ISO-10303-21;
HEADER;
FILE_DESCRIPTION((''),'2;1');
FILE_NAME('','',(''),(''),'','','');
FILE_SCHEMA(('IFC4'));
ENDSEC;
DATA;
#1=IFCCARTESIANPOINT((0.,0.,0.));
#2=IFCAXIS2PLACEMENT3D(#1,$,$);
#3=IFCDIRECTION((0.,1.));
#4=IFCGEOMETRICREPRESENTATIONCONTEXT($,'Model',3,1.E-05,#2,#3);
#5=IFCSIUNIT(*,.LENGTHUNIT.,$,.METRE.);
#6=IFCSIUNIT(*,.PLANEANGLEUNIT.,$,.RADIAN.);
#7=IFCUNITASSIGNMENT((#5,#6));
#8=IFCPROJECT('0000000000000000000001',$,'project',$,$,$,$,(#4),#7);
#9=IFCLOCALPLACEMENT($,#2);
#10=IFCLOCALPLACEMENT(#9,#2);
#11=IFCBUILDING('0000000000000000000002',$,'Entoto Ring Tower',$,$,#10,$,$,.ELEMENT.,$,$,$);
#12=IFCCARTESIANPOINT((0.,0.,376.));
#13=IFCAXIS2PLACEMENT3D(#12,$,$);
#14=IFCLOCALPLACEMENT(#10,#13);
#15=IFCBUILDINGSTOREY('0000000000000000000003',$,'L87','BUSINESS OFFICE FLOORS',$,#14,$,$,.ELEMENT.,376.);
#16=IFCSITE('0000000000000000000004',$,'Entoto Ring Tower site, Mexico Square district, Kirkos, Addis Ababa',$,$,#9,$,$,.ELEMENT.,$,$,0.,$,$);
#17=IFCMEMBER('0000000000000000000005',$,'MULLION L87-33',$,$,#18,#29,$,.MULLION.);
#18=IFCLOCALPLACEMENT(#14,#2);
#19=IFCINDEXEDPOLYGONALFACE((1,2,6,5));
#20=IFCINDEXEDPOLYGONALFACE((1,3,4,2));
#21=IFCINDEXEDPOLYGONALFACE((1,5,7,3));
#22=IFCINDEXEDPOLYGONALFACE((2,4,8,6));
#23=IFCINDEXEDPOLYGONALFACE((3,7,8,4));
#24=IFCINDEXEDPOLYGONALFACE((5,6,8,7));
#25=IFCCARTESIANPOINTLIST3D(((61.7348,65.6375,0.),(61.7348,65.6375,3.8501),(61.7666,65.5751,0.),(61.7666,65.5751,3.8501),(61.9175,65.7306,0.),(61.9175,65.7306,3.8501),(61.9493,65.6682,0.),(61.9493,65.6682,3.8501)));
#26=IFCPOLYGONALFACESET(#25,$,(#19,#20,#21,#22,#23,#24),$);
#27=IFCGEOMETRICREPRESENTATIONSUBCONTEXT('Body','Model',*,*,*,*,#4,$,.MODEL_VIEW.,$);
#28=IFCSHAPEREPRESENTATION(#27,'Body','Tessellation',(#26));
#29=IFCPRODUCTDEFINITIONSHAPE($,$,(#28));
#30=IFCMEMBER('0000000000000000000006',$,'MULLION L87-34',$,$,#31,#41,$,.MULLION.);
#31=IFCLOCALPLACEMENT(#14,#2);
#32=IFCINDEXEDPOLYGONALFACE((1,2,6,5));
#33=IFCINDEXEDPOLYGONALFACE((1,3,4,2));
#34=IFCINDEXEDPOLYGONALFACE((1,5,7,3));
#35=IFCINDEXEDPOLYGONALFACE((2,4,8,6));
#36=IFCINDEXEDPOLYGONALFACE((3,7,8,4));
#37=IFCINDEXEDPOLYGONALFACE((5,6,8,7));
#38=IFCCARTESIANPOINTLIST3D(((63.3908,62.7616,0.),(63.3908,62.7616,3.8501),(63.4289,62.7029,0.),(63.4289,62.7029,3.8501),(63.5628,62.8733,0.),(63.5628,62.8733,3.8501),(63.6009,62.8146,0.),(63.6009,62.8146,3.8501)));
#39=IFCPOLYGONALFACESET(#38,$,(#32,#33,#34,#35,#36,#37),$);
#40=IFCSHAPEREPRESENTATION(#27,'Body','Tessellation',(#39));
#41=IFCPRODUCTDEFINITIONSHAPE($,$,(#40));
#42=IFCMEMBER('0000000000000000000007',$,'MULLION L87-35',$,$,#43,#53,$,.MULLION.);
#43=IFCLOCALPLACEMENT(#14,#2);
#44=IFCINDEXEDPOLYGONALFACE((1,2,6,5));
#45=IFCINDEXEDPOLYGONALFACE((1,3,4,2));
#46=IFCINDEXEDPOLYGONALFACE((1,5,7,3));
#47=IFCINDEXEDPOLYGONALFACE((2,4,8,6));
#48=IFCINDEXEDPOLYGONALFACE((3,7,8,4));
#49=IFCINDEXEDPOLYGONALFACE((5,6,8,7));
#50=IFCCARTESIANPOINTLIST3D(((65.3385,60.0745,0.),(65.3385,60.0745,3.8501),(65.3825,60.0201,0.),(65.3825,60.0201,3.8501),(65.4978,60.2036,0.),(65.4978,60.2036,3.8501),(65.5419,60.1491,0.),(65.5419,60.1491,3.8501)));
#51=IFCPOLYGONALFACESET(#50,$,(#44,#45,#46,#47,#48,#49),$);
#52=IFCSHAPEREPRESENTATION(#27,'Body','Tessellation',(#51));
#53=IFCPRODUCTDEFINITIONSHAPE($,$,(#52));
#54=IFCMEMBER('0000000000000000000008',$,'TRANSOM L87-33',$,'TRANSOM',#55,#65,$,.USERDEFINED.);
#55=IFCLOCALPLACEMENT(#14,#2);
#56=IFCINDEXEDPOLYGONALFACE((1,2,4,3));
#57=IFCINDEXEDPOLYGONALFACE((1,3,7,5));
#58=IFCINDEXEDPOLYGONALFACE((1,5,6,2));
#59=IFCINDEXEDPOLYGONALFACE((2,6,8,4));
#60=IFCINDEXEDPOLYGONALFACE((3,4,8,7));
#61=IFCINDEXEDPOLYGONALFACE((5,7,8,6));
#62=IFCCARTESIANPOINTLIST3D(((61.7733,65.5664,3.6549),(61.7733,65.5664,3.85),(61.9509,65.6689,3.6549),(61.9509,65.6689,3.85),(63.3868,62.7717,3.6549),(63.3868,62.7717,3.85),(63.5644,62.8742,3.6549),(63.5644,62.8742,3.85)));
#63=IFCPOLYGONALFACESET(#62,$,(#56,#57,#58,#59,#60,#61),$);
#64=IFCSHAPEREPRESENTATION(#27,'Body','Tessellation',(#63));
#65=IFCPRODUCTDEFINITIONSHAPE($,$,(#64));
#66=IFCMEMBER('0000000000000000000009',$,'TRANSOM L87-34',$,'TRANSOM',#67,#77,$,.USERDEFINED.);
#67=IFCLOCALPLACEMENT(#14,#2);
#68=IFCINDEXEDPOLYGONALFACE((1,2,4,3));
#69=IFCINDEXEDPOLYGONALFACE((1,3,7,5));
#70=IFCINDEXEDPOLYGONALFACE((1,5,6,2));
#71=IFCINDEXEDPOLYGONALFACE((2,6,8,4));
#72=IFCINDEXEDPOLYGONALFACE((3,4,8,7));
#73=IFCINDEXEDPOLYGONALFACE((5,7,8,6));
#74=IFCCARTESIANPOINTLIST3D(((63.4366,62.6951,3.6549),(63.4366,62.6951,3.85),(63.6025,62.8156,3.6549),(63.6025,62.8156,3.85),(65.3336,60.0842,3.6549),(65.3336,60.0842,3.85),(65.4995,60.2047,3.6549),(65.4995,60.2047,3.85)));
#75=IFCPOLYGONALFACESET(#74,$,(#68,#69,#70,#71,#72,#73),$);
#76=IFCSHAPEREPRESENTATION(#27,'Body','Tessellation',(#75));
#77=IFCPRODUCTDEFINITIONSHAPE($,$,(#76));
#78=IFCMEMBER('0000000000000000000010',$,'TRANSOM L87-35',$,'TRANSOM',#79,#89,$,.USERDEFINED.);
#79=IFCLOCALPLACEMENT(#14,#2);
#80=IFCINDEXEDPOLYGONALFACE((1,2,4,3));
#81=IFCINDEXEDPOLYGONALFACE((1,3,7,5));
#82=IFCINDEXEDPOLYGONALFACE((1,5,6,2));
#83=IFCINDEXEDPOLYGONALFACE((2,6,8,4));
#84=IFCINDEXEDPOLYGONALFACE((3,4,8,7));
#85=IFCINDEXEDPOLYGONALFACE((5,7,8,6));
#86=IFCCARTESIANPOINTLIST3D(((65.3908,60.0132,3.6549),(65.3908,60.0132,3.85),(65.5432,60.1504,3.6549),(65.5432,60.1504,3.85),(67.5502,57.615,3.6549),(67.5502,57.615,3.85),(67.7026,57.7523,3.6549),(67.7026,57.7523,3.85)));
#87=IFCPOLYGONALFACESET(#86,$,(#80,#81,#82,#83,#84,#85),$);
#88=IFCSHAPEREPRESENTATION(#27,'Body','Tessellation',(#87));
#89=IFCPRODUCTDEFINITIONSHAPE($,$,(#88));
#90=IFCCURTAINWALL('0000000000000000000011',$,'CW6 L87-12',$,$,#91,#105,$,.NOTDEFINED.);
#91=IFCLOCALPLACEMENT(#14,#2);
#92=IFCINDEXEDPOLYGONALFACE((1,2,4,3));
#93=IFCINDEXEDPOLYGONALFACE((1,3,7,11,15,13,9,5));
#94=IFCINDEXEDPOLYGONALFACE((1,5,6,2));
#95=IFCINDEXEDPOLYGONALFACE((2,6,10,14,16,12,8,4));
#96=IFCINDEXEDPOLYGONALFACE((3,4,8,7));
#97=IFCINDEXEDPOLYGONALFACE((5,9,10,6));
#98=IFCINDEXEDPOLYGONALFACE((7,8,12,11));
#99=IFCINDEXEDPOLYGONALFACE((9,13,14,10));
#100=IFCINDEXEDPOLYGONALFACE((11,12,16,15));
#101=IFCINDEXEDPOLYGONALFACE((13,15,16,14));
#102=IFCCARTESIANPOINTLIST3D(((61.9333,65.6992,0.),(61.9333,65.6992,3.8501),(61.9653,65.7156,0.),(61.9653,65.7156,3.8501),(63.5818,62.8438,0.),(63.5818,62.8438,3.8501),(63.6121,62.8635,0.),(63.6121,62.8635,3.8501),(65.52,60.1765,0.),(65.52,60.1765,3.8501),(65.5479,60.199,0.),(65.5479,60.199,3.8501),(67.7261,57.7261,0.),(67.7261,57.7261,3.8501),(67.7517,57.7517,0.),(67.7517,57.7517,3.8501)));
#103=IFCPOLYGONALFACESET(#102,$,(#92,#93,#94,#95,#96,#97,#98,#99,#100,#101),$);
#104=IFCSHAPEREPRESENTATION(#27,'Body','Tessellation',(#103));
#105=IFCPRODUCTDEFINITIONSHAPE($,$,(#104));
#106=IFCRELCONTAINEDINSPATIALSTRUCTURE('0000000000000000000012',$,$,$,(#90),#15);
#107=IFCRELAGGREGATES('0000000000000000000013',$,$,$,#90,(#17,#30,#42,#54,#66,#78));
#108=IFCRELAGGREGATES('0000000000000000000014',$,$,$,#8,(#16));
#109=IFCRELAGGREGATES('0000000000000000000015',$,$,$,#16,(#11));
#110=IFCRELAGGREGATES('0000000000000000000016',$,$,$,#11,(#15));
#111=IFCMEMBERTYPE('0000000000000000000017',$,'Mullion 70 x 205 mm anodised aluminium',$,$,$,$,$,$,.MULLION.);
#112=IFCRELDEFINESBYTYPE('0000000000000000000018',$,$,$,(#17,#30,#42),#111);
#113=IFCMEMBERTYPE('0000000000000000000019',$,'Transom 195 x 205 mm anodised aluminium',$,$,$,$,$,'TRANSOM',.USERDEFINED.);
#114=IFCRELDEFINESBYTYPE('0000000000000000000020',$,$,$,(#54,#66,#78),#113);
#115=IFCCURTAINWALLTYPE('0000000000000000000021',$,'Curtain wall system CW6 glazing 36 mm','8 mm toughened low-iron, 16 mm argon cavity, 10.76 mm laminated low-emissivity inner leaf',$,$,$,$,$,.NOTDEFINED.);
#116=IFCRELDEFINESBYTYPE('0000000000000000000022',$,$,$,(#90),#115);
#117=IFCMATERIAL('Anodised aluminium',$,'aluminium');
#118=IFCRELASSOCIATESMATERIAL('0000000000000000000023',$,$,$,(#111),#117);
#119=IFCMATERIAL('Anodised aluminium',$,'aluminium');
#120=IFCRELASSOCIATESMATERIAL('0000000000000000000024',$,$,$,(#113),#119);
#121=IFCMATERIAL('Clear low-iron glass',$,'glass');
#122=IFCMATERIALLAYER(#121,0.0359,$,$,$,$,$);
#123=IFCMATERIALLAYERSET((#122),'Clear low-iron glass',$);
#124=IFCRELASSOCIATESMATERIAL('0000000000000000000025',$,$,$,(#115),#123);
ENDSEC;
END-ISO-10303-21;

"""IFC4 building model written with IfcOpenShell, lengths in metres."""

from ifc_helpers import new_model, si_unit, direction, frame, origin, origin_2d, place, context, subcontext, project, spatial, polyline, rectangle, outline, extrude, material, layer, layer_set, material_profile, profile_set, type_object, element, aggregate, save


model = new_model("IFC4")

# Units and contexts
model_context = context("Model", 3, precision=1e-05, world=origin(), true_north=direction((0.0, 1.0)))
body_context = subcontext(model_context, "Body", "Model", "MODEL_VIEW")
ifc_project = project(units=[si_unit("LENGTHUNIT", "METRE"), si_unit("PLANEANGLEUNIT", "RADIAN")], contexts=[model_context])

# Members
ifc_material_1 = material(Name="Anodised aluminium", Category="aluminium")
ifc_material_profile_1 = material_profile(ifc_material_1, rectangle(XDim=0.0701, YDim=0.2051, at=origin_2d()), Name="Mullion 70 x 205 mm anodised aluminium")
ifc_profile_set_1 = profile_set([ifc_material_profile_1], Name="Anodised aluminium")
member_type_1 = type_object("IfcMemberType", Name="Mullion 70 x 205 mm anodised aluminium", PredefinedType="MULLION", material=ifc_profile_set_1)
site_placement = place(None, origin())
building_placement = place(site_placement, origin())
storey_placement = place(building_placement, frame((0.0, 0.0, 376.0)))
member_1_placement = place(storey_placement, frame((61.842, 65.6528, 0.0), z_axis=(0.0, 0.0, 1.0), x_axis=(0.45399, -0.891007, 0.0)))
member_1 = element("IfcMember", 1, at=member_1_placement, type_object=member_type_1, Name="MULLION L87-33", PredefinedType="MULLION", context=body_context, shape_type="SweptSolid", body=[
    extrude(rectangle(XDim=0.0701, YDim=0.2051, at=origin_2d()), origin(), (0.0, 0.0, 1.0), 3.8501),
])
member_2_placement = place(storey_placement, frame((63.4958, 62.7881, 0.0), z_axis=(0.0, 0.0, 1.0), x_axis=(0.544639, -0.838671, 0.0)))
member_2 = element("IfcMember", 2, at=member_2_placement, type_object=member_type_1, Name="MULLION L87-34", PredefinedType="MULLION", context=body_context, shape_type="SweptSolid", body=[
    extrude(rectangle(XDim=0.0701, YDim=0.2051, at=origin_2d()), origin(), (0.0, 0.0, 1.0), 3.8501),
])
member_3_placement = place(storey_placement, frame((65.4402, 60.1118, 0.0), z_axis=(0.0, 0.0, 1.0), x_axis=(0.62932, -0.777146, 0.0)))
member_3 = element("IfcMember", 3, at=member_3_placement, type_object=member_type_1, Name="MULLION L87-35", PredefinedType="MULLION", context=body_context, shape_type="SweptSolid", body=[
    extrude(rectangle(XDim=0.0701, YDim=0.2051, at=origin_2d()), origin(), (0.0, 0.0, 1.0), 3.8501),
])
ifc_material_2 = material(Name="Anodised aluminium", Category="aluminium")
ifc_material_profile_2 = material_profile(ifc_material_2, rectangle(XDim=0.2051, YDim=0.1951, at=origin_2d()), Name="Transom 195 x 205 mm anodised aluminium")
ifc_profile_set_2 = profile_set([ifc_material_profile_2], Name="Anodised aluminium")
member_type_2 = type_object("IfcMemberType", Name="Transom 195 x 205 mm anodised aluminium", ElementType="TRANSOM", PredefinedType="USERDEFINED", material=ifc_profile_set_2)
member_4_placement = place(storey_placement, frame((61.8621, 65.6177, 3.7524), z_axis=(0.500004, -0.866023, 0.0), x_axis=(0.866023, 0.500004, 0.0)))
member_4 = element("IfcMember", 4, at=member_4_placement, type_object=member_type_2, Name="TRANSOM L87-33", ObjectType="TRANSOM", PredefinedType="USERDEFINED", context=body_context, shape_type="SweptSolid", body=[
    extrude(rectangle(XDim=0.2051, YDim=0.1951, at=origin_2d()), origin(), (0.0, 0.0, 1.0), 3.2271),
])
member_5_placement = place(storey_placement, frame((63.5195, 62.7554, 3.7524), z_axis=(0.587803, -0.809004, 0.0), x_axis=(0.809004, 0.587803, 0.0)))
member_5 = element("IfcMember", 5, at=member_5_placement, type_object=member_type_2, Name="TRANSOM L87-34", ObjectType="TRANSOM", PredefinedType="USERDEFINED", context=body_context, shape_type="SweptSolid", body=[
    extrude(rectangle(XDim=0.2051, YDim=0.1951, at=origin_2d()), origin(), (0.0, 0.0, 1.0), 3.2273),
])
member_6_placement = place(storey_placement, frame((65.467, 60.0818, 3.7524), z_axis=(0.669144, -0.743132, 0.0), x_axis=(0.743132, 0.669144, 0.0)))
member_6 = element("IfcMember", 6, at=member_6_placement, type_object=member_type_2, Name="TRANSOM L87-35", ObjectType="TRANSOM", PredefinedType="USERDEFINED", context=body_context, shape_type="SweptSolid", body=[
    extrude(rectangle(XDim=0.2051, YDim=0.1951, at=origin_2d()), origin(), (0.0, 0.0, 1.0), 3.2271),
])

# Site, building, storey
site = spatial("IfcSite", under=ifc_project, at=site_placement, Name="Entoto Ring Tower site, Mexico Square district, Kirkos, Addis Ababa", CompositionType="ELEMENT", RefElevation=0.0)
building = spatial("IfcBuilding", under=site, at=building_placement, Name="Entoto Ring Tower", CompositionType="ELEMENT")
storey = spatial("IfcBuildingStorey", under=building, at=storey_placement, Name="L87", Description="BUSINESS OFFICE FLOORS", CompositionType="ELEMENT", Elevation=376.0)

# Curtain wall
ifc_material_3 = material(Name="Clear low-iron glass", Category="glass")
ifc_layer = layer(ifc_material_3, 0.0359)
ifc_layer_set = layer_set([ifc_layer], Name="Clear low-iron glass")
curtain_wall_type = type_object("IfcCurtainWallType", Name="Curtain wall system CW6 glazing 36 mm", Description="8 mm toughened low-iron, 16 mm argon cavity, 10.76 mm laminated low-emissivity inner leaf", PredefinedType="NOTDEFINED", material=ifc_layer_set)
curtain_wall_1_placement = place(storey_placement, origin())
curtain_wall_1 = element("IfcCurtainWall", 7, at=curtain_wall_1_placement, inside=storey, type_object=curtain_wall_type, Name="CW6 L87-12", PredefinedType="NOTDEFINED", context=body_context, shape_type="SweptSolid", body=[
    extrude(outline(polyline([(61.9333, 65.6992), (63.5818, 62.8438), (65.52, 60.1765), (67.7261, 57.7261), (67.7517, 57.7517), (65.5479, 60.199), (63.6121, 62.8635), (61.9653, 65.7156), (61.9333, 65.6992)])), origin(), (0.0, 0.0, 1.0), 3.8501),
])
aggregate(curtain_wall_1, [member_1, member_2, member_3, member_4, member_5, member_6])

save(model, "model.ifc")
